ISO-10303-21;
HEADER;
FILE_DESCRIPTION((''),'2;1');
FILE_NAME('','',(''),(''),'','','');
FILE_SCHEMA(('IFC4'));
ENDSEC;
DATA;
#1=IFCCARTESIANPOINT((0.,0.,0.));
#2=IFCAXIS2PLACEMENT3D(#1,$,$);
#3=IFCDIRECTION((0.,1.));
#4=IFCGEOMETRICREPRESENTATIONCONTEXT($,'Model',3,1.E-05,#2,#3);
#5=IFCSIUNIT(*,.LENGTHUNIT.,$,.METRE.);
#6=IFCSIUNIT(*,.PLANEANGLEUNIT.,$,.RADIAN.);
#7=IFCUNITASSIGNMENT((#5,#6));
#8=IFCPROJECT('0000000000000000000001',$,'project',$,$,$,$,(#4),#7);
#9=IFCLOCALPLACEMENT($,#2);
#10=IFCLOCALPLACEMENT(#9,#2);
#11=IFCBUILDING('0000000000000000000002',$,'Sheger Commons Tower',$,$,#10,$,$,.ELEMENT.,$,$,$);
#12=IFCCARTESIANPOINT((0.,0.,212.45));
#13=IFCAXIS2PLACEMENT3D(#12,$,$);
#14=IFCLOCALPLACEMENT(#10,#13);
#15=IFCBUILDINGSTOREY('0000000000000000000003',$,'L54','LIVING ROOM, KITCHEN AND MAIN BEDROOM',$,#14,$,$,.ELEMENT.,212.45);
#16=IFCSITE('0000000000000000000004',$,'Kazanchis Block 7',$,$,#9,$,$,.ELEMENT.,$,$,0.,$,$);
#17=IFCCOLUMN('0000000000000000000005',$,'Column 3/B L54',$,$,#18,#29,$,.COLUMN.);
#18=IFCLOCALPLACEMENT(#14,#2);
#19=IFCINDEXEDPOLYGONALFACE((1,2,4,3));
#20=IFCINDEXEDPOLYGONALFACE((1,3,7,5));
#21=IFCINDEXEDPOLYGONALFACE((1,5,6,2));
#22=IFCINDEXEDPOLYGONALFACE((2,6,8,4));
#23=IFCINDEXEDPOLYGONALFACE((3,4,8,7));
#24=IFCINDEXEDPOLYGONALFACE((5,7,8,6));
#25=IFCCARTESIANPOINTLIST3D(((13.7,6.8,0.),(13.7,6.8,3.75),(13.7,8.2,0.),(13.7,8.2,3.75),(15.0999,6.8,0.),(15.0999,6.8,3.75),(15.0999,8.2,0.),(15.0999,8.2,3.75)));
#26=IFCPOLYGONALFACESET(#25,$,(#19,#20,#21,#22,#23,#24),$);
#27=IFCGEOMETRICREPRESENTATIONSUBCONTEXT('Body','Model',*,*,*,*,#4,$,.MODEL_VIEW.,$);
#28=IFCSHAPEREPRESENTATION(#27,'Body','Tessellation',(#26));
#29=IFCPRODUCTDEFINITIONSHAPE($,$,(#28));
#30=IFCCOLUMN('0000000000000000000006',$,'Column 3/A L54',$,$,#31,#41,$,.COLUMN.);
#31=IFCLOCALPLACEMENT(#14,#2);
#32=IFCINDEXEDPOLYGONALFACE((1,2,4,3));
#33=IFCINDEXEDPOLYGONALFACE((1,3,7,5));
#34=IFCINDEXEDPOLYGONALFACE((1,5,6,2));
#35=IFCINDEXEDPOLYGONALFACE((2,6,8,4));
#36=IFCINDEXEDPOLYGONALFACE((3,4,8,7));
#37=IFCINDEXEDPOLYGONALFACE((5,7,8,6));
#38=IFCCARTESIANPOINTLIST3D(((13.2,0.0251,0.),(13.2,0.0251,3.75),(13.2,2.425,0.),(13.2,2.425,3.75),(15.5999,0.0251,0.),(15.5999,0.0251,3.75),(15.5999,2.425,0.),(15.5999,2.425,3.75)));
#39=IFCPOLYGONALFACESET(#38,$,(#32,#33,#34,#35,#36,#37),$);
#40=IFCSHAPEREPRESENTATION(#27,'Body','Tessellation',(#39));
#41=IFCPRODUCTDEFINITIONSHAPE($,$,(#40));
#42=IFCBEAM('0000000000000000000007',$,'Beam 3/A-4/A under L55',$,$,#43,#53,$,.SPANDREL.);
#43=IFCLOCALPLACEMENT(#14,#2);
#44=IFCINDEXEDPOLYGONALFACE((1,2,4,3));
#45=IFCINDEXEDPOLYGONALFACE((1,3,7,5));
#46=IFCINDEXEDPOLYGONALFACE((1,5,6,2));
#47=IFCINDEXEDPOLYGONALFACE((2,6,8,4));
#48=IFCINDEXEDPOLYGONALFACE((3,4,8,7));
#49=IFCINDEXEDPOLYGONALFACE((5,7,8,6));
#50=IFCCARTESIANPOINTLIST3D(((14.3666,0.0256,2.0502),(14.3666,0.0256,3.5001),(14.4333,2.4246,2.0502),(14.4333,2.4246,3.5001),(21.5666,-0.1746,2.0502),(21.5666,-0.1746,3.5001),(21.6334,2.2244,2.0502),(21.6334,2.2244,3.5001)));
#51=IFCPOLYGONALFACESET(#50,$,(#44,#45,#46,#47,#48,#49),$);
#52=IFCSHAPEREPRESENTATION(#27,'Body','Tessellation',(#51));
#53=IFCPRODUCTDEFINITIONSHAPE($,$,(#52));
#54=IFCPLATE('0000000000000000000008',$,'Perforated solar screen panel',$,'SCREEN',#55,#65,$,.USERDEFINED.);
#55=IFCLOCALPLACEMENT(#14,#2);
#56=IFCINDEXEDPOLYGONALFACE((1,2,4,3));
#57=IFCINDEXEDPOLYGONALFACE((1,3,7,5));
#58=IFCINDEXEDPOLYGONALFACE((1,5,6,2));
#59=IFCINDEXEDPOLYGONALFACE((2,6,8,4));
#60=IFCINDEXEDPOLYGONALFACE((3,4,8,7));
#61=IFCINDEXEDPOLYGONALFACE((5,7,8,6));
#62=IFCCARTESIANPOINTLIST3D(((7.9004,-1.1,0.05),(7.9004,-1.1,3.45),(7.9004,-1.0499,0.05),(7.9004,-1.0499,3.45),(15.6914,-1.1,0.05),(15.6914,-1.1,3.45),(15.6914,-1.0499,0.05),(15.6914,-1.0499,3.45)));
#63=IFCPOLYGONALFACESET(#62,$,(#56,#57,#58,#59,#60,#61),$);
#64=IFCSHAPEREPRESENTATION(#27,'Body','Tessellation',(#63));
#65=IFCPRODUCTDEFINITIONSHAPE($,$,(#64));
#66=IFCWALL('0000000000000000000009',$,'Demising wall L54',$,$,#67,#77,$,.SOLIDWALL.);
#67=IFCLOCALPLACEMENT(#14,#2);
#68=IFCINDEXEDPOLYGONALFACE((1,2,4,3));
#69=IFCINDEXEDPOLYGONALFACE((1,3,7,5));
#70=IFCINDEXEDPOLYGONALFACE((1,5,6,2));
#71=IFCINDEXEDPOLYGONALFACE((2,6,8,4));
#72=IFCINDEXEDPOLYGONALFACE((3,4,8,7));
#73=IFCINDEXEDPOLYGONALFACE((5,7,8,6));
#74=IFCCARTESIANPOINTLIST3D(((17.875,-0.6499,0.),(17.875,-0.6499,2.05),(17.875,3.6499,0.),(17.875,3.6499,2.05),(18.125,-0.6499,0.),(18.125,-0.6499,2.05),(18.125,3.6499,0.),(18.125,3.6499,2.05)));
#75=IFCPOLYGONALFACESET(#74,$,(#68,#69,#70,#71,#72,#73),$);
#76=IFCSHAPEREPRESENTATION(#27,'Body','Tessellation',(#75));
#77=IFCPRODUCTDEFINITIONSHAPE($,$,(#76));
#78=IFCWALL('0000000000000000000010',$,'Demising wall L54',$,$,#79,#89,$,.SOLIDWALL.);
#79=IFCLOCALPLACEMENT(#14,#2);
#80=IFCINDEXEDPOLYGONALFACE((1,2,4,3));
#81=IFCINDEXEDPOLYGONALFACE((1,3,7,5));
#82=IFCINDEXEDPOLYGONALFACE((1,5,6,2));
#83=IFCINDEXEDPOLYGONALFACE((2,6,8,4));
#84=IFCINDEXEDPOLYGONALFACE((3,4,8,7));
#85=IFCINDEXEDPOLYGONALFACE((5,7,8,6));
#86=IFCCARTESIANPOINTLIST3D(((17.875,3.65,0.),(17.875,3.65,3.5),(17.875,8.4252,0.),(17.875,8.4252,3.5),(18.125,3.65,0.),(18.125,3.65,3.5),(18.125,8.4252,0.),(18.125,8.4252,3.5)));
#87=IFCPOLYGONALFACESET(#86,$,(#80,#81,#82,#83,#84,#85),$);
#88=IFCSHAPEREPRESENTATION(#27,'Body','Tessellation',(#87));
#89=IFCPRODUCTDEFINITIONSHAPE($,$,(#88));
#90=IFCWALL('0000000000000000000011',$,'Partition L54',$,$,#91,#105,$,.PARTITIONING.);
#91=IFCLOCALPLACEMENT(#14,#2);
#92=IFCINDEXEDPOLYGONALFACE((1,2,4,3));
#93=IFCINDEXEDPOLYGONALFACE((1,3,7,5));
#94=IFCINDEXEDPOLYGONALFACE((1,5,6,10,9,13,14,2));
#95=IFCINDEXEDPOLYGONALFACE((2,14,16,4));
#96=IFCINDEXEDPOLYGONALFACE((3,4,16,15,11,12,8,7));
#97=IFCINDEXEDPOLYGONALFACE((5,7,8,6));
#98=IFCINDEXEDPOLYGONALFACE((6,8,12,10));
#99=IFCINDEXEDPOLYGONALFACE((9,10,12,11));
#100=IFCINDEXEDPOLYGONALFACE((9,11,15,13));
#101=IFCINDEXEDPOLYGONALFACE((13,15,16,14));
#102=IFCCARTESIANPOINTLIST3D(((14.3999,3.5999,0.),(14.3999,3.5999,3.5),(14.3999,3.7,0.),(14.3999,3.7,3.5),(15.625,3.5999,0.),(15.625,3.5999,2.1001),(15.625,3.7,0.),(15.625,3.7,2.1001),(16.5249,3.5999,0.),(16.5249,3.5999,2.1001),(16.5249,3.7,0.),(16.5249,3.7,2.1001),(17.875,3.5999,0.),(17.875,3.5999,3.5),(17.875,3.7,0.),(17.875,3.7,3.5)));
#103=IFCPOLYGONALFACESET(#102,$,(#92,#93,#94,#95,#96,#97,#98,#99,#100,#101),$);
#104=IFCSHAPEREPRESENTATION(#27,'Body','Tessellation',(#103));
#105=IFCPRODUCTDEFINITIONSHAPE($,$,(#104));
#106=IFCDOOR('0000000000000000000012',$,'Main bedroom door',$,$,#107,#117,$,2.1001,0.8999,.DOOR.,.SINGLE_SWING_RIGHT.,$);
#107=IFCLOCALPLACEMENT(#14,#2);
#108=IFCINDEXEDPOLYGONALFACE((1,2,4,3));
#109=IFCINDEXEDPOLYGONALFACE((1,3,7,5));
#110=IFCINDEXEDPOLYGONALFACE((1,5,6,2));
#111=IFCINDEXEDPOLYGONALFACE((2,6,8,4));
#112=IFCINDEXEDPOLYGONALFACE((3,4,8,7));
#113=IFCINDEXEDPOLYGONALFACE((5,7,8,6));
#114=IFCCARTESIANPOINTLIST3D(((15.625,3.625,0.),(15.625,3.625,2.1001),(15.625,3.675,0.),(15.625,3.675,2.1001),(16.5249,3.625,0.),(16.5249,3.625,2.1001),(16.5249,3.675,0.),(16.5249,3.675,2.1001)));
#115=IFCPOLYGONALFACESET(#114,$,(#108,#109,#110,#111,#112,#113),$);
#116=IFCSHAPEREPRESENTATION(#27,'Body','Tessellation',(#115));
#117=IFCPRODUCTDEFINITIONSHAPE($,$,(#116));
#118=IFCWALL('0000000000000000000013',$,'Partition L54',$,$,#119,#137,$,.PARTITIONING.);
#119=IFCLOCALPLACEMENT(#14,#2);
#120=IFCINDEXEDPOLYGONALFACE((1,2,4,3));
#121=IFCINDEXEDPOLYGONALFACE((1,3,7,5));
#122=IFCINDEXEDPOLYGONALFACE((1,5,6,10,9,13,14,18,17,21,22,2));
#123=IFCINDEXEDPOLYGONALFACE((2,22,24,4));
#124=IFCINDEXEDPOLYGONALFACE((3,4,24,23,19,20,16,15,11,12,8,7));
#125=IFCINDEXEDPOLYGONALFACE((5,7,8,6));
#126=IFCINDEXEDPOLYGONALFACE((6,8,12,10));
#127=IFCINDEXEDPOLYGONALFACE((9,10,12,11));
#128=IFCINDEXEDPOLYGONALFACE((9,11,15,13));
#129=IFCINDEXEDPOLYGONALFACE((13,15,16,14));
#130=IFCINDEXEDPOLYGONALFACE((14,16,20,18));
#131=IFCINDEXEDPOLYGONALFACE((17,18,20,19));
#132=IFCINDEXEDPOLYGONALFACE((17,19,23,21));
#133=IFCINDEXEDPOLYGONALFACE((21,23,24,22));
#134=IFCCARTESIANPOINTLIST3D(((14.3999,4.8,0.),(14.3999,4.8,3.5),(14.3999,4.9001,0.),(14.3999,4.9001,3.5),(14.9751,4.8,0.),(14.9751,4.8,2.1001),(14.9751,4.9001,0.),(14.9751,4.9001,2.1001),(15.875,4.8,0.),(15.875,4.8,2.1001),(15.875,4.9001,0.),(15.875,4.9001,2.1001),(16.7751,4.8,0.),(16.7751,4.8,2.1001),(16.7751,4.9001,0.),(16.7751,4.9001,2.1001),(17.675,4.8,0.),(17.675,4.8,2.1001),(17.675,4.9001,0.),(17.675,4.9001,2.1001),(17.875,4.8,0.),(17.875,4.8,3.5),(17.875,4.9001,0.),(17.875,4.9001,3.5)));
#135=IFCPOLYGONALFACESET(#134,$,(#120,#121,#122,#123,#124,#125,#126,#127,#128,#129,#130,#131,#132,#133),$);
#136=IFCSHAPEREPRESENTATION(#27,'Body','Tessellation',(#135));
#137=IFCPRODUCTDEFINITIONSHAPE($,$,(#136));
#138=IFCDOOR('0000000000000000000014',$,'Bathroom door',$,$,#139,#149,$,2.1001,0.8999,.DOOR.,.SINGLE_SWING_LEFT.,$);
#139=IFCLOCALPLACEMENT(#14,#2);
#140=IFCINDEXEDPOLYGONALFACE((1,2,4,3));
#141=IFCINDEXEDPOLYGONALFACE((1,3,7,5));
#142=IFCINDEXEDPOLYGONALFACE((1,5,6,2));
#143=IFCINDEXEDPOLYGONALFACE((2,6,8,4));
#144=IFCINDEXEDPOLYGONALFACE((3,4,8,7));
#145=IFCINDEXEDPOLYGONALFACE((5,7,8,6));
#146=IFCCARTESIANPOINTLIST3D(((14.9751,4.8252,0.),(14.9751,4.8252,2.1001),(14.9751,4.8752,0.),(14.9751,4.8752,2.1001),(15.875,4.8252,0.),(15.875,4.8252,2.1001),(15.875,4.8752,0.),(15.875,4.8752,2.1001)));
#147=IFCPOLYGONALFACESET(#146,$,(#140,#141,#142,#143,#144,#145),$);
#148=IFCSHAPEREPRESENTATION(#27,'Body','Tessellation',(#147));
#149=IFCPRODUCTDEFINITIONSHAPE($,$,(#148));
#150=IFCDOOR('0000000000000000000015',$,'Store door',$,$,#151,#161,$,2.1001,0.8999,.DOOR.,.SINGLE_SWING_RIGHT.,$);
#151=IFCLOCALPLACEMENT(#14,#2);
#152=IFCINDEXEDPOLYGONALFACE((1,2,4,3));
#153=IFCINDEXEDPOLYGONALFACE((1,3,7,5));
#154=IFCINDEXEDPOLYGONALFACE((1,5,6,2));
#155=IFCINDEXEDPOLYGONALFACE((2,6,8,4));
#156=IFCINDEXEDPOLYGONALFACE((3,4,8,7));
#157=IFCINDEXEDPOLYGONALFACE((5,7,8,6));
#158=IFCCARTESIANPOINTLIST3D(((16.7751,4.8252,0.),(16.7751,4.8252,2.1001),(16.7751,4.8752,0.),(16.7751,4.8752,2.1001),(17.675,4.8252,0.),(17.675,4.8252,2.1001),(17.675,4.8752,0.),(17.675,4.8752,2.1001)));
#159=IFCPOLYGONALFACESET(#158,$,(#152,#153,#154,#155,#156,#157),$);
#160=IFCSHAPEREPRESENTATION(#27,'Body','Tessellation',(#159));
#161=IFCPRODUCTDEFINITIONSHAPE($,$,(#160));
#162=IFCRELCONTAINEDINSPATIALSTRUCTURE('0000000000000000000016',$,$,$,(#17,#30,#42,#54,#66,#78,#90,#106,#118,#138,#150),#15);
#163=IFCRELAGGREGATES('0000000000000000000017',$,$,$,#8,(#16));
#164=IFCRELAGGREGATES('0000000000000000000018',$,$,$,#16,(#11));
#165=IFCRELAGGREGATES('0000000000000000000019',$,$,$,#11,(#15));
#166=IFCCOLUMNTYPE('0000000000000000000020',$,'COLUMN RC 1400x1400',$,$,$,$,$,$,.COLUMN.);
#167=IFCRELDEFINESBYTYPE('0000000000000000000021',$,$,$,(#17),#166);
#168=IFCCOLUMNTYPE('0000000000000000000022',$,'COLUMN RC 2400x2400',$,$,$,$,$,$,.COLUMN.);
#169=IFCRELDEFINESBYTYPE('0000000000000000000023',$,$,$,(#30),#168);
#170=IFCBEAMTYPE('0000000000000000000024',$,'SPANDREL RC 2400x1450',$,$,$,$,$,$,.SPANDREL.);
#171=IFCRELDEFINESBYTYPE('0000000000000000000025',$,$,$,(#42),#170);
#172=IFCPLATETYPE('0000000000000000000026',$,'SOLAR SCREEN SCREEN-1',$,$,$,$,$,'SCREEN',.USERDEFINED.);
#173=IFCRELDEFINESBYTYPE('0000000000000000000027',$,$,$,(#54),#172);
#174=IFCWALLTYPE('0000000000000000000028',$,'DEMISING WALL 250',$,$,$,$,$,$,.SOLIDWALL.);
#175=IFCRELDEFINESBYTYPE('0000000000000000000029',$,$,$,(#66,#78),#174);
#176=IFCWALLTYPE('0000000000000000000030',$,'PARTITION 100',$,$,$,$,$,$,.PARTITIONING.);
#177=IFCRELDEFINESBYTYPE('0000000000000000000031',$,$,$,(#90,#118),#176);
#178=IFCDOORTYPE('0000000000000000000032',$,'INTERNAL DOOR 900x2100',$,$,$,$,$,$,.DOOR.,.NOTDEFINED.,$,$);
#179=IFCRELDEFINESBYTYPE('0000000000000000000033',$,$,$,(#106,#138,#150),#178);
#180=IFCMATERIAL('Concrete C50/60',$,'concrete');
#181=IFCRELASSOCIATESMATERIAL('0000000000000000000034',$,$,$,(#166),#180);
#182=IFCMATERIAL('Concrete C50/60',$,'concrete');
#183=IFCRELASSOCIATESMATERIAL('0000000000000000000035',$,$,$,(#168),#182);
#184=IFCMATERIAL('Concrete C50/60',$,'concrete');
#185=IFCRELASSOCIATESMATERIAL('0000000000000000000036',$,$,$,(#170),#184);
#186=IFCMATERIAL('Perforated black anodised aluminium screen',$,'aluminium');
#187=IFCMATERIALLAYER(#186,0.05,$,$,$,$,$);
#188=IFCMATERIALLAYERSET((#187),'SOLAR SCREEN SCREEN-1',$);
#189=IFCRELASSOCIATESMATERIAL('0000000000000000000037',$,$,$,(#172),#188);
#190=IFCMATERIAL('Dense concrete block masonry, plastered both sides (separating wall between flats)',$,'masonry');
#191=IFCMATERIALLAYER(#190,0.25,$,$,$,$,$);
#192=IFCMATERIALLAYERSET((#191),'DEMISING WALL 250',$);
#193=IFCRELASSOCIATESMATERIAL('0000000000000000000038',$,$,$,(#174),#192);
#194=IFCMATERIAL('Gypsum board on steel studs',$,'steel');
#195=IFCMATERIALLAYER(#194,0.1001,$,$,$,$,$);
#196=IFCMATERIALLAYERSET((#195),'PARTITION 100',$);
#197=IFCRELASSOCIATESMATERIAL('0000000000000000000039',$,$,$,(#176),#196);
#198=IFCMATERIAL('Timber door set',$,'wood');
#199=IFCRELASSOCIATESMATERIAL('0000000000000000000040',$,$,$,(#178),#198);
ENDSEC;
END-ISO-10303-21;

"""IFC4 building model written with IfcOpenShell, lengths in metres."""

from ifc_helpers import new_model, si_unit, direction, frame, frame_2d, origin, origin_2d, place, context, subcontext, project, spatial, rectangle, extrude, material, layer, layer_set, material_profile, profile_set, type_object, element, fill, save


model = new_model("IFC4")

# Units and contexts
model_context = context("Model", 3, precision=1e-05, world=origin(), true_north=direction((0.0, 1.0)))
body_context = subcontext(model_context, "Body", "Model", "MODEL_VIEW")
ifc_project = project(units=[si_unit("LENGTHUNIT", "METRE"), si_unit("PLANEANGLEUNIT", "RADIAN")], contexts=[model_context])

# Site, building, storey
site_placement = place(None, origin())
site = spatial("IfcSite", under=ifc_project, at=site_placement, Name="Kazanchis Block 7", CompositionType="ELEMENT", RefElevation=0.0)
building_placement = place(site_placement, origin())
building = spatial("IfcBuilding", under=site, at=building_placement, Name="Sheger Commons Tower", CompositionType="ELEMENT")
storey_placement = place(building_placement, frame((0.0, 0.0, 212.45)))
storey = spatial("IfcBuildingStorey", under=building, at=storey_placement, Name="L54", Description="LIVING ROOM, KITCHEN AND MAIN BEDROOM", CompositionType="ELEMENT", Elevation=212.45)

# Columns
ifc_material_1 = material(Name="Concrete C50/60", Category="concrete")
ifc_material_profile_1 = material_profile(ifc_material_1, rectangle(XDim=1.3999, YDim=1.3999, at=origin_2d()), Name="RC 1400x1400")
ifc_profile_set_1 = profile_set([ifc_material_profile_1], Name="Concrete C50/60")
column_type_1 = type_object("IfcColumnType", Name="COLUMN RC 1400x1400", PredefinedType="COLUMN", material=ifc_profile_set_1)
column_1_placement = place(storey_placement, frame((14.3999, 7.5, 0.0), z_axis=(0.0, 0.0, 1.0), x_axis=(1.0, 0.0, 0.0)))
element("IfcColumn", 1, at=column_1_placement, inside=storey, type_object=column_type_1, Name="Column 3/B L54", PredefinedType="COLUMN", context=body_context, shape_type="SweptSolid", body=[
    extrude(rectangle(XDim=1.3999, YDim=1.3999, at=origin_2d()), origin(), (0.0, 0.0, 1.0), 3.75),
])
ifc_material_2 = material(Name="Concrete C50/60", Category="concrete")
ifc_material_profile_2 = material_profile(ifc_material_2, rectangle(XDim=2.3999, YDim=2.3999, at=origin_2d()), Name="RC 2400x2400")
ifc_profile_set_2 = profile_set([ifc_material_profile_2], Name="Concrete C50/60")
column_type_2 = type_object("IfcColumnType", Name="COLUMN RC 2400x2400", PredefinedType="COLUMN", material=ifc_profile_set_2)
column_2_placement = place(storey_placement, frame((14.3999, 1.2251, 0.0), z_axis=(0.0, 0.0, 1.0), x_axis=(1.0, 0.0, 0.0)))
element("IfcColumn", 2, at=column_2_placement, inside=storey, type_object=column_type_2, Name="Column 3/A L54", PredefinedType="COLUMN", context=body_context, shape_type="SweptSolid", body=[
    extrude(rectangle(XDim=2.3999, YDim=2.3999, at=origin_2d()), origin(), (0.0, 0.0, 1.0), 3.75),
])

# Beam
ifc_material_3 = material(Name="Concrete C50/60", Category="concrete")
ifc_material_profile_3 = material_profile(ifc_material_3, rectangle(XDim=2.3999, YDim=1.45, at=origin_2d()), Name="RC 2400x1450")
ifc_profile_set_3 = profile_set([ifc_material_profile_3], Name="Concrete C50/60")
beam_type = type_object("IfcBeamType", Name="SPANDREL RC 2400x1450", PredefinedType="SPANDREL", material=ifc_profile_set_3)
beam_placement = place(storey_placement, frame((14.3999, 1.2251, 2.7751), z_axis=(0.999614, -0.027793, 0.0), x_axis=(0.027793, 0.999614, 0.0)))
element("IfcBeam", 3, at=beam_placement, inside=storey, type_object=beam_type, Name="Beam 3/A-4/A under L55", PredefinedType="SPANDREL", context=body_context, shape_type="SweptSolid", body=[
    extrude(rectangle(XDim=2.3999, YDim=1.45, at=origin_2d()), origin(), (0.0, 0.0, 1.0), 7.2029),
])

# Plate
ifc_material_4 = material(Name="Perforated black anodised aluminium screen", Category="aluminium")
ifc_layer_1 = layer(ifc_material_4, 0.05)
ifc_layer_set_1 = layer_set([ifc_layer_1], Name="SOLAR SCREEN SCREEN-1")
plate_type = type_object("IfcPlateType", Name="SOLAR SCREEN SCREEN-1", ElementType="SCREEN", PredefinedType="USERDEFINED", material=ifc_layer_set_1)
plate_placement = place(storey_placement, frame((11.7959, -1.075, 0.05), z_axis=(0.0, 0.0, 1.0), x_axis=(1.0, 0.0, 0.0)))
element("IfcPlate", 4, at=plate_placement, inside=storey, type_object=plate_type, Name="Perforated solar screen panel", ObjectType="SCREEN", PredefinedType="USERDEFINED", context=body_context, shape_type="SweptSolid", body=[
    extrude(rectangle(XDim=7.791, YDim=0.05, at=origin_2d()), origin(), (0.0, 0.0, 1.0), 3.3999),
])

# Walls
ifc_material_5 = material(Name="Dense concrete block masonry, plastered both sides (separating wall between flats)", Category="masonry")
ifc_layer_2 = layer(ifc_material_5, 0.25)
ifc_layer_set_2 = layer_set([ifc_layer_2], Name="DEMISING WALL 250")
wall_type_1 = type_object("IfcWallType", Name="DEMISING WALL 250", PredefinedType="SOLIDWALL", material=ifc_layer_set_2)
wall_1_placement = place(storey_placement, frame((18.0, -0.6499, 0.0), z_axis=(0.0, 0.0, 1.0), x_axis=(0.0, 1.0, 0.0)))
element("IfcWall", 5, at=wall_1_placement, inside=storey, type_object=wall_type_1, Name="Demising wall L54", PredefinedType="SOLIDWALL", context=body_context, shape_type="SweptSolid", body=[
    extrude(rectangle(XDim=4.2998, YDim=0.25, at=frame_2d((2.1499, 0.0))), origin(), (0.0, 0.0, 1.0), 2.05),
])
wall_2_placement = place(storey_placement, frame((18.0, 3.6499, 0.0), z_axis=(0.0, 0.0, 1.0), x_axis=(0.0, 1.0, 0.0)))
element("IfcWall", 6, at=wall_2_placement, inside=storey, type_object=wall_type_1, Name="Demising wall L54", PredefinedType="SOLIDWALL", context=body_context, shape_type="SweptSolid", body=[
    extrude(rectangle(XDim=4.7751, YDim=0.25, at=frame_2d((2.3877, 0.0))), origin(), (0.0, 0.0, 1.0), 3.5),
])

# Wall, opening, door
ifc_material_6 = material(Name="Gypsum board on steel studs", Category="steel")
ifc_layer_3 = layer(ifc_material_6, 0.1001)
ifc_layer_set_3 = layer_set([ifc_layer_3], Name="PARTITION 100")
wall_type_2 = type_object("IfcWallType", Name="PARTITION 100", PredefinedType="PARTITIONING", material=ifc_layer_set_3)
wall_3_placement = place(storey_placement, frame((17.875, 3.6499, 0.0), z_axis=(0.0, 0.0, 1.0), x_axis=(-1.0, 0.0, 0.0)))
wall_3 = element("IfcWall", 7, at=wall_3_placement, inside=storey, type_object=wall_type_2, Name="Partition L54", PredefinedType="PARTITIONING", context=body_context, shape_type="SweptSolid", body=[
    extrude(rectangle(XDim=3.4751, YDim=0.1001, at=frame_2d((1.7375, 0.0))), origin(), (0.0, 0.0, 1.0), 3.5),
])
opening_1_placement = place(wall_3_placement, frame((1.3501, 0.0, 0.0)))
opening_1 = element("IfcOpeningElement", 8, at=opening_1_placement, cuts=wall_3, PredefinedType="OPENING", context=body_context, shape_type="SweptSolid", body=[
    extrude(rectangle(XDim=0.8999, YDim=2.1001, at=frame_2d((0.45, 1.05))), frame((0.0, 0.0601, 0.0), z_axis=(0.0, -1.0, 0.0), x_axis=(1.0, 0.0, 0.0)), (0.0, 0.0, 1.0), 0.1201),
])
ifc_material_7 = material(Name="Timber door set", Category="wood")
door_type = type_object("IfcDoorType", Name="INTERNAL DOOR 900x2100", OperationType="NOTDEFINED", PredefinedType="DOOR", material=ifc_material_7)
door_1_placement = place(opening_1_placement, origin())
door_1 = element("IfcDoor", 9, at=door_1_placement, inside=storey, type_object=door_type, Name="Main bedroom door", OperationType="SINGLE_SWING_RIGHT", OverallHeight=2.1001, OverallWidth=0.8999, PredefinedType="DOOR", context=body_context, shape_type="SweptSolid", body=[
    extrude(rectangle(XDim=0.8999, YDim=2.1001, at=frame_2d((0.45, 1.05))), frame((0.0, 0.0249, 0.0), z_axis=(0.0, -1.0, 0.0), x_axis=(1.0, 0.0, 0.0)), (0.0, 0.0, 1.0), 0.05),
])
fill(opening_1, door_1)

# Wall, openings, doors
wall_4_placement = place(storey_placement, frame((17.875, 4.8501, 0.0), z_axis=(0.0, 0.0, 1.0), x_axis=(-1.0, 0.0, 0.0)))
wall_4 = element("IfcWall", 10, at=wall_4_placement, inside=storey, type_object=wall_type_2, Name="Partition L54", PredefinedType="PARTITIONING", context=body_context, shape_type="SweptSolid", body=[
    extrude(rectangle(XDim=3.4751, YDim=0.1001, at=frame_2d((1.7375, 0.0))), origin(), (0.0, 0.0, 1.0), 3.5),
])
opening_2_placement = place(wall_4_placement, frame((2.0, 0.0, 0.0)))
opening_2 = element("IfcOpeningElement", 11, at=opening_2_placement, cuts=wall_4, PredefinedType="OPENING", context=body_context, shape_type="SweptSolid", body=[
    extrude(rectangle(XDim=0.8999, YDim=2.1001, at=frame_2d((0.45, 1.05))), frame((0.0, 0.0601, 0.0), z_axis=(0.0, -1.0, 0.0), x_axis=(1.0, 0.0, 0.0)), (0.0, 0.0, 1.0), 0.1201),
])
opening_3_placement = place(wall_4_placement, frame((0.2, 0.0, 0.0)))
opening_3 = element("IfcOpeningElement", 12, at=opening_3_placement, cuts=wall_4, PredefinedType="OPENING", context=body_context, shape_type="SweptSolid", body=[
    extrude(rectangle(XDim=0.8999, YDim=2.1001, at=frame_2d((0.45, 1.05))), frame((0.0, 0.0601, 0.0), z_axis=(0.0, -1.0, 0.0), x_axis=(1.0, 0.0, 0.0)), (0.0, 0.0, 1.0), 0.1201),
])
door_2_placement = place(opening_2_placement, origin())
door_2 = element("IfcDoor", 13, at=door_2_placement, inside=storey, type_object=door_type, Name="Bathroom door", OperationType="SINGLE_SWING_LEFT", OverallHeight=2.1001, OverallWidth=0.8999, PredefinedType="DOOR", context=body_context, shape_type="SweptSolid", body=[
    extrude(rectangle(XDim=0.8999, YDim=2.1001, at=frame_2d((0.45, 1.05))), frame((0.0, 0.0249, 0.0), z_axis=(0.0, -1.0, 0.0), x_axis=(1.0, 0.0, 0.0)), (0.0, 0.0, 1.0), 0.05),
])
fill(opening_2, door_2)
door_3_placement = place(opening_3_placement, origin())
door_3 = element("IfcDoor", 14, at=door_3_placement, inside=storey, type_object=door_type, Name="Store door", OperationType="SINGLE_SWING_RIGHT", OverallHeight=2.1001, OverallWidth=0.8999, PredefinedType="DOOR", context=body_context, shape_type="SweptSolid", body=[
    extrude(rectangle(XDim=0.8999, YDim=2.1001, at=frame_2d((0.45, 1.05))), frame((0.0, 0.0249, 0.0), z_axis=(0.0, -1.0, 0.0), x_axis=(1.0, 0.0, 0.0)), (0.0, 0.0, 1.0), 0.05),
])
fill(opening_3, door_3)

save(model, "model.ifc")
